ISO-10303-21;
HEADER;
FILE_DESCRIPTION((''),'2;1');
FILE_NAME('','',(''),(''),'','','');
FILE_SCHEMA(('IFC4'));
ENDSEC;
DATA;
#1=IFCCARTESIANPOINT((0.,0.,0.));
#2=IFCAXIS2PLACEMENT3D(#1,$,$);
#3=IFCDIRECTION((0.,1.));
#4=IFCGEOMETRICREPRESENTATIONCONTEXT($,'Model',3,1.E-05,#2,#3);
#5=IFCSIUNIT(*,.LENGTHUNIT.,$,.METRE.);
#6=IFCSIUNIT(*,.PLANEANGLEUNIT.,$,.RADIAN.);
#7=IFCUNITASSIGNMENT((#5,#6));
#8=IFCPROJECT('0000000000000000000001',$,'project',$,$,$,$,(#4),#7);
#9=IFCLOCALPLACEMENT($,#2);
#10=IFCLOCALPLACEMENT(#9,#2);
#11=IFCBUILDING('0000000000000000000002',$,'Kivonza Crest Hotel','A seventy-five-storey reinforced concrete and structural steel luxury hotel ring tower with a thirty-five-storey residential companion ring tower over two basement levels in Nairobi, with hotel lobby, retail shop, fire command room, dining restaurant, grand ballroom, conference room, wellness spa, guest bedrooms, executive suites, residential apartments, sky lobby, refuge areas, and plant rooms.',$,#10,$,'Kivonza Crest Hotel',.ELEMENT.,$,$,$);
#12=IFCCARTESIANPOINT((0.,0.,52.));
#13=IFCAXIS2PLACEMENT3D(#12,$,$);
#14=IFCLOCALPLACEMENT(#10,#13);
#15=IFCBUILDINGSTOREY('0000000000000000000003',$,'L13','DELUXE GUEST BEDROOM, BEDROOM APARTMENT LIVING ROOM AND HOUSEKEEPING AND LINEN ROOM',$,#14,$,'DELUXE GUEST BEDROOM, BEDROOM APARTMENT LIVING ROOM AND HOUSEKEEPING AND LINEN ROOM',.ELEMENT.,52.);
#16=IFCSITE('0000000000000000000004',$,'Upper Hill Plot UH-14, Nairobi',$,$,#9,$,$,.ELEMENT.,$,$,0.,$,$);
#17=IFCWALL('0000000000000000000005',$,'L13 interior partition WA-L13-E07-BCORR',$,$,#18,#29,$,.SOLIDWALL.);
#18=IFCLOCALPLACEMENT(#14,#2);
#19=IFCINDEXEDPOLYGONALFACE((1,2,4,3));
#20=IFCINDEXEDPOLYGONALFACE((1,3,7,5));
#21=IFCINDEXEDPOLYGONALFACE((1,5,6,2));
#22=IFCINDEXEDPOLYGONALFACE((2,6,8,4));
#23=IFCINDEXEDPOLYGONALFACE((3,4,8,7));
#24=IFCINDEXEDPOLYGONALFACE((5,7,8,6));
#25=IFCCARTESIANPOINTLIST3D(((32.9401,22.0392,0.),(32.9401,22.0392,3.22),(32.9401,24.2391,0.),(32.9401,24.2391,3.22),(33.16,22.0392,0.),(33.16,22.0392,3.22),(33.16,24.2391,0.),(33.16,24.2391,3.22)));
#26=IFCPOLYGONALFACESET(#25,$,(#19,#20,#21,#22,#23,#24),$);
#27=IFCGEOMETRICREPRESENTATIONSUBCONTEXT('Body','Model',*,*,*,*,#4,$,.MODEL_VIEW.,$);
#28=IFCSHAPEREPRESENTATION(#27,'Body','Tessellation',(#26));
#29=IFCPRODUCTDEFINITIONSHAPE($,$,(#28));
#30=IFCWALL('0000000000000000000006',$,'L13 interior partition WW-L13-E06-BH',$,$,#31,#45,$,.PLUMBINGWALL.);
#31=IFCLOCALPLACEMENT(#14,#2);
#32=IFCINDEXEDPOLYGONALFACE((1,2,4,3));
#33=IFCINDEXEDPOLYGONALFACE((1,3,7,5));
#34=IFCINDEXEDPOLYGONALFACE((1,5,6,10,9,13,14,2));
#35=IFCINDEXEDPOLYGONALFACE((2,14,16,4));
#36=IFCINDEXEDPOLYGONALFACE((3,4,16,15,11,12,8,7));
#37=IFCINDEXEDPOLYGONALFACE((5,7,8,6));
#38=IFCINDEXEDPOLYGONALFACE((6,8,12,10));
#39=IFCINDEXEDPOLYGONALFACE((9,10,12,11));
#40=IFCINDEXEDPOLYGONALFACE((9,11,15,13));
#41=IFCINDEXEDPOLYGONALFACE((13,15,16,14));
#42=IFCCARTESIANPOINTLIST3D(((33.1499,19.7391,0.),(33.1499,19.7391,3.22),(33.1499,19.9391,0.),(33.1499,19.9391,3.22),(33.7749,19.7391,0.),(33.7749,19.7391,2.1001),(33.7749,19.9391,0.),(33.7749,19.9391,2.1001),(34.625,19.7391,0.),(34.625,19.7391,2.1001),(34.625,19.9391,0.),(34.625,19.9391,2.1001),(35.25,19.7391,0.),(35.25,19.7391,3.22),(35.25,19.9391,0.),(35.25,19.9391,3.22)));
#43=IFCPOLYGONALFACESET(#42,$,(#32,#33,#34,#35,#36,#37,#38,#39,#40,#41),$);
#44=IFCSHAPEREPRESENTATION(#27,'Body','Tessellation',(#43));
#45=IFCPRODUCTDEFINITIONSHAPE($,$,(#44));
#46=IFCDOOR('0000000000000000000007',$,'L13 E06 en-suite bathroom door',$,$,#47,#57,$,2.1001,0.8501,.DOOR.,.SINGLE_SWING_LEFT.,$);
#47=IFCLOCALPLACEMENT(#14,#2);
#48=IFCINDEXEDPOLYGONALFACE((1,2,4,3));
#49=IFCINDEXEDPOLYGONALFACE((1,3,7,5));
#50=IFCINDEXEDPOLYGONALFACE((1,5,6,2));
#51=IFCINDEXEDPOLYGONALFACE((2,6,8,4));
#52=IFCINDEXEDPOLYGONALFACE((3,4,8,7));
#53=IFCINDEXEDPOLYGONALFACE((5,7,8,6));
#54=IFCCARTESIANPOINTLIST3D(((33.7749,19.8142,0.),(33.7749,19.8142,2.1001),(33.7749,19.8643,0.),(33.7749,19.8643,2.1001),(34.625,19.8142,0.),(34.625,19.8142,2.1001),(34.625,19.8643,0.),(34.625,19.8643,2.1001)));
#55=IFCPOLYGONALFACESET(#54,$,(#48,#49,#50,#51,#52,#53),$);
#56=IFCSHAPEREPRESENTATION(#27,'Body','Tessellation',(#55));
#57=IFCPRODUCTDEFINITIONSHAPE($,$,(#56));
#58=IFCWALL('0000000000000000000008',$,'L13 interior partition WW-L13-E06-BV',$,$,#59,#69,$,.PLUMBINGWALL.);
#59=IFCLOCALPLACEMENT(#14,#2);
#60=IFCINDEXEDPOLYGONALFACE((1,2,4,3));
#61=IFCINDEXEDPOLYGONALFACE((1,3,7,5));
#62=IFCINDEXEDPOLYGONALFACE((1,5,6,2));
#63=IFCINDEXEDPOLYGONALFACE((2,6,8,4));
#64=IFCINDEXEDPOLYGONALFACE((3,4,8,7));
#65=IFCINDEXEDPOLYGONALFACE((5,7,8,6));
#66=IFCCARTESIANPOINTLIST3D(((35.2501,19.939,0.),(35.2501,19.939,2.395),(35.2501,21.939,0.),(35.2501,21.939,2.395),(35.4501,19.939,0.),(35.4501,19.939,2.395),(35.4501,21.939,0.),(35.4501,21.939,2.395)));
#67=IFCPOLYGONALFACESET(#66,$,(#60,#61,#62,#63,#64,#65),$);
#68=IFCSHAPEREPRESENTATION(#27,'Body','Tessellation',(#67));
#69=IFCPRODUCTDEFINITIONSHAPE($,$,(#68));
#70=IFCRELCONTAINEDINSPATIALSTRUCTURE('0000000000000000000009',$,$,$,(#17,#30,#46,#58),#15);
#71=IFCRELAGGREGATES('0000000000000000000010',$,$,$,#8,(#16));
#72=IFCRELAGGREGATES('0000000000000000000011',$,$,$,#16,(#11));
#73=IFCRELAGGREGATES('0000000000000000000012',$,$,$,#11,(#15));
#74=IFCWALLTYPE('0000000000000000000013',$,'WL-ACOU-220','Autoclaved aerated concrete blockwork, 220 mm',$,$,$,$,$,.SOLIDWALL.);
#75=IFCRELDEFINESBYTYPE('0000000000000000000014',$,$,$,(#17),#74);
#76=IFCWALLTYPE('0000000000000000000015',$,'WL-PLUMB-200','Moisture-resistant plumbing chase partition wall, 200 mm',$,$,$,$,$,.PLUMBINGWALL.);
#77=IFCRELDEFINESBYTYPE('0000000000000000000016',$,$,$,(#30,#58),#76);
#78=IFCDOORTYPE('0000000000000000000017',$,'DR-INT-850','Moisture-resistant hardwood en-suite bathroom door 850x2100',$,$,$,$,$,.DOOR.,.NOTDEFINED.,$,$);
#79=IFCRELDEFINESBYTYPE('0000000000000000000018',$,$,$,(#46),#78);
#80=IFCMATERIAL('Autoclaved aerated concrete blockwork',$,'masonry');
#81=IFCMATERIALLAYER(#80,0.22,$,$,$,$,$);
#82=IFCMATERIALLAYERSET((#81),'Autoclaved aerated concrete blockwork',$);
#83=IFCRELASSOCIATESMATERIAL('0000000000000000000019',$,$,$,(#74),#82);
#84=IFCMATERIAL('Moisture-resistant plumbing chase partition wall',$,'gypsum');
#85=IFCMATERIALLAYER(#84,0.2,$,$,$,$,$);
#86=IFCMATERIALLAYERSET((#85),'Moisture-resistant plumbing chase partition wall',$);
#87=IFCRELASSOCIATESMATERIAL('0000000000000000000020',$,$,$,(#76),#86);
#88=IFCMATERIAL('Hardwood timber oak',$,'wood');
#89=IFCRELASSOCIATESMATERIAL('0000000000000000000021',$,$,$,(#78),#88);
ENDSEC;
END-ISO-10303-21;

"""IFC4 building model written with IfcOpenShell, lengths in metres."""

from ifc_helpers import new_model, si_unit, direction, frame, frame_2d, origin, place, context, subcontext, project, spatial, rectangle, extrude, material, layer, layer_set, type_object, element, fill, save


model = new_model("IFC4")

# Units and contexts
model_context = context("Model", 3, precision=1e-05, world=origin(), true_north=direction((0.0, 1.0)))
body_context = subcontext(model_context, "Body", "Model", "MODEL_VIEW")
ifc_project = project(units=[si_unit("LENGTHUNIT", "METRE"), si_unit("PLANEANGLEUNIT", "RADIAN")], contexts=[model_context])

# Site, building, storey
site_placement = place(None, origin())
site = spatial("IfcSite", under=ifc_project, at=site_placement, Name="Upper Hill Plot UH-14, Nairobi", CompositionType="ELEMENT", RefElevation=0.0)
building_placement = place(site_placement, origin())
building = spatial("IfcBuilding", under=site, at=building_placement, Name="Kivonza Crest Hotel", Description="A seventy-five-storey reinforced concrete and structural steel luxury hotel ring tower with a thirty-five-storey residential companion ring tower over two basement levels in Nairobi, with hotel lobby, retail shop, fire command room, dining restaurant, grand ballroom, conference room, wellness spa, guest bedrooms, executive suites, residential apartments, sky lobby, refuge areas, and plant rooms.", LongName="Kivonza Crest Hotel", CompositionType="ELEMENT")
storey_placement = place(building_placement, frame((0.0, 0.0, 52.0)))
storey = spatial("IfcBuildingStorey", under=building, at=storey_placement, Name="L13", Description="DELUXE GUEST BEDROOM, BEDROOM APARTMENT LIVING ROOM AND HOUSEKEEPING AND LINEN ROOM", LongName="DELUXE GUEST BEDROOM, BEDROOM APARTMENT LIVING ROOM AND HOUSEKEEPING AND LINEN ROOM", CompositionType="ELEMENT", Elevation=52.0)

# Wall
ifc_material_1 = material(Name="Autoclaved aerated concrete blockwork", Category="masonry")
ifc_layer_1 = layer(ifc_material_1, 0.22)
ifc_layer_set_1 = layer_set([ifc_layer_1], Name="Autoclaved aerated concrete blockwork")
wall_type_1 = type_object("IfcWallType", Name="WL-ACOU-220", Description="Autoclaved aerated concrete blockwork, 220 mm", PredefinedType="SOLIDWALL", material=ifc_layer_set_1)
wall_1_placement = place(storey_placement, frame((33.05, 22.0391, 0.0), z_axis=(0.0, 0.0, 1.0), x_axis=(0.0, 1.0, 0.0)))
element("IfcWall", 1, at=wall_1_placement, inside=storey, type_object=wall_type_1, Name="L13 interior partition WA-L13-E07-BCORR", PredefinedType="SOLIDWALL", context=body_context, shape_type="SweptSolid", body=[
    extrude(rectangle(XDim=2.2, YDim=0.22, at=frame_2d((1.1001, 0.0))), origin(), (0.0, 0.0, 1.0), 3.22),
])

# Wall, opening, door
ifc_material_2 = material(Name="Moisture-resistant plumbing chase partition wall", Category="gypsum")
ifc_layer_2 = layer(ifc_material_2, 0.2)
ifc_layer_set_2 = layer_set([ifc_layer_2], Name="Moisture-resistant plumbing chase partition wall")
wall_type_2 = type_object("IfcWallType", Name="WL-PLUMB-200", Description="Moisture-resistant plumbing chase partition wall, 200 mm", PredefinedType="PLUMBINGWALL", material=ifc_layer_set_2)
wall_2_placement = place(storey_placement, frame((33.1499, 19.8391, 0.0), z_axis=(0.0, 0.0, 1.0), x_axis=(1.0, 0.0, 0.0)))
wall_2 = element("IfcWall", 2, at=wall_2_placement, inside=storey, type_object=wall_type_2, Name="L13 interior partition WW-L13-E06-BH", PredefinedType="PLUMBINGWALL", context=body_context, shape_type="SweptSolid", body=[
    extrude(rectangle(XDim=2.1001, YDim=0.2, at=frame_2d((1.05, 0.0))), origin(), (0.0, 0.0, 1.0), 3.22),
])
opening_placement = place(wall_2_placement, frame((0.625, 0.0, 0.0)))
opening = element("IfcOpeningElement", 3, at=opening_placement, cuts=wall_2, PredefinedType="OPENING", context=body_context, shape_type="SweptSolid", body=[
    extrude(rectangle(XDim=0.8501, YDim=2.1001, at=frame_2d((0.425, 1.05))), frame((0.0, 0.1099, 0.0), z_axis=(0.0, -1.0, 0.0), x_axis=(1.0, 0.0, 0.0)), (0.0, 0.0, 1.0), 0.22),
])
ifc_material_3 = material(Name="Hardwood timber oak", Category="wood")
door_type = type_object("IfcDoorType", Name="DR-INT-850", Description="Moisture-resistant hardwood en-suite bathroom door 850x2100", OperationType="NOTDEFINED", PredefinedType="DOOR", material=ifc_material_3)
door_placement = place(opening_placement, frame((0.8501, 0.0, 0.0), z_axis=(0.0, 0.0, 1.0), x_axis=(-1.0, 0.0, 0.0)))
door = element("IfcDoor", 4, at=door_placement, inside=storey, type_object=door_type, Name="L13 E06 en-suite bathroom door", OperationType="SINGLE_SWING_LEFT", OverallHeight=2.1001, OverallWidth=0.8501, PredefinedType="DOOR", context=body_context, shape_type="SweptSolid", body=[
    extrude(rectangle(XDim=0.8501, YDim=2.1001, at=frame_2d((0.425, 1.05))), frame((0.0, 0.0249, 0.0), z_axis=(0.0, -1.0, 0.0), x_axis=(1.0, 0.0, 0.0)), (0.0, 0.0, 1.0), 0.05),
])
fill(opening, door)

# Wall
wall_3_placement = place(storey_placement, frame((35.3501, 19.939, 0.0), z_axis=(0.0, 0.0, 1.0), x_axis=(0.0, 1.0, 0.0)))
element("IfcWall", 5, at=wall_3_placement, inside=storey, type_object=wall_type_2, Name="L13 interior partition WW-L13-E06-BV", PredefinedType="PLUMBINGWALL", context=body_context, shape_type="SweptSolid", body=[
    extrude(rectangle(XDim=2.0, YDim=0.2, at=frame_2d((1.0, 0.0))), origin(), (0.0, 0.0, 1.0), 2.395),
])

save(model, "model.ifc")
